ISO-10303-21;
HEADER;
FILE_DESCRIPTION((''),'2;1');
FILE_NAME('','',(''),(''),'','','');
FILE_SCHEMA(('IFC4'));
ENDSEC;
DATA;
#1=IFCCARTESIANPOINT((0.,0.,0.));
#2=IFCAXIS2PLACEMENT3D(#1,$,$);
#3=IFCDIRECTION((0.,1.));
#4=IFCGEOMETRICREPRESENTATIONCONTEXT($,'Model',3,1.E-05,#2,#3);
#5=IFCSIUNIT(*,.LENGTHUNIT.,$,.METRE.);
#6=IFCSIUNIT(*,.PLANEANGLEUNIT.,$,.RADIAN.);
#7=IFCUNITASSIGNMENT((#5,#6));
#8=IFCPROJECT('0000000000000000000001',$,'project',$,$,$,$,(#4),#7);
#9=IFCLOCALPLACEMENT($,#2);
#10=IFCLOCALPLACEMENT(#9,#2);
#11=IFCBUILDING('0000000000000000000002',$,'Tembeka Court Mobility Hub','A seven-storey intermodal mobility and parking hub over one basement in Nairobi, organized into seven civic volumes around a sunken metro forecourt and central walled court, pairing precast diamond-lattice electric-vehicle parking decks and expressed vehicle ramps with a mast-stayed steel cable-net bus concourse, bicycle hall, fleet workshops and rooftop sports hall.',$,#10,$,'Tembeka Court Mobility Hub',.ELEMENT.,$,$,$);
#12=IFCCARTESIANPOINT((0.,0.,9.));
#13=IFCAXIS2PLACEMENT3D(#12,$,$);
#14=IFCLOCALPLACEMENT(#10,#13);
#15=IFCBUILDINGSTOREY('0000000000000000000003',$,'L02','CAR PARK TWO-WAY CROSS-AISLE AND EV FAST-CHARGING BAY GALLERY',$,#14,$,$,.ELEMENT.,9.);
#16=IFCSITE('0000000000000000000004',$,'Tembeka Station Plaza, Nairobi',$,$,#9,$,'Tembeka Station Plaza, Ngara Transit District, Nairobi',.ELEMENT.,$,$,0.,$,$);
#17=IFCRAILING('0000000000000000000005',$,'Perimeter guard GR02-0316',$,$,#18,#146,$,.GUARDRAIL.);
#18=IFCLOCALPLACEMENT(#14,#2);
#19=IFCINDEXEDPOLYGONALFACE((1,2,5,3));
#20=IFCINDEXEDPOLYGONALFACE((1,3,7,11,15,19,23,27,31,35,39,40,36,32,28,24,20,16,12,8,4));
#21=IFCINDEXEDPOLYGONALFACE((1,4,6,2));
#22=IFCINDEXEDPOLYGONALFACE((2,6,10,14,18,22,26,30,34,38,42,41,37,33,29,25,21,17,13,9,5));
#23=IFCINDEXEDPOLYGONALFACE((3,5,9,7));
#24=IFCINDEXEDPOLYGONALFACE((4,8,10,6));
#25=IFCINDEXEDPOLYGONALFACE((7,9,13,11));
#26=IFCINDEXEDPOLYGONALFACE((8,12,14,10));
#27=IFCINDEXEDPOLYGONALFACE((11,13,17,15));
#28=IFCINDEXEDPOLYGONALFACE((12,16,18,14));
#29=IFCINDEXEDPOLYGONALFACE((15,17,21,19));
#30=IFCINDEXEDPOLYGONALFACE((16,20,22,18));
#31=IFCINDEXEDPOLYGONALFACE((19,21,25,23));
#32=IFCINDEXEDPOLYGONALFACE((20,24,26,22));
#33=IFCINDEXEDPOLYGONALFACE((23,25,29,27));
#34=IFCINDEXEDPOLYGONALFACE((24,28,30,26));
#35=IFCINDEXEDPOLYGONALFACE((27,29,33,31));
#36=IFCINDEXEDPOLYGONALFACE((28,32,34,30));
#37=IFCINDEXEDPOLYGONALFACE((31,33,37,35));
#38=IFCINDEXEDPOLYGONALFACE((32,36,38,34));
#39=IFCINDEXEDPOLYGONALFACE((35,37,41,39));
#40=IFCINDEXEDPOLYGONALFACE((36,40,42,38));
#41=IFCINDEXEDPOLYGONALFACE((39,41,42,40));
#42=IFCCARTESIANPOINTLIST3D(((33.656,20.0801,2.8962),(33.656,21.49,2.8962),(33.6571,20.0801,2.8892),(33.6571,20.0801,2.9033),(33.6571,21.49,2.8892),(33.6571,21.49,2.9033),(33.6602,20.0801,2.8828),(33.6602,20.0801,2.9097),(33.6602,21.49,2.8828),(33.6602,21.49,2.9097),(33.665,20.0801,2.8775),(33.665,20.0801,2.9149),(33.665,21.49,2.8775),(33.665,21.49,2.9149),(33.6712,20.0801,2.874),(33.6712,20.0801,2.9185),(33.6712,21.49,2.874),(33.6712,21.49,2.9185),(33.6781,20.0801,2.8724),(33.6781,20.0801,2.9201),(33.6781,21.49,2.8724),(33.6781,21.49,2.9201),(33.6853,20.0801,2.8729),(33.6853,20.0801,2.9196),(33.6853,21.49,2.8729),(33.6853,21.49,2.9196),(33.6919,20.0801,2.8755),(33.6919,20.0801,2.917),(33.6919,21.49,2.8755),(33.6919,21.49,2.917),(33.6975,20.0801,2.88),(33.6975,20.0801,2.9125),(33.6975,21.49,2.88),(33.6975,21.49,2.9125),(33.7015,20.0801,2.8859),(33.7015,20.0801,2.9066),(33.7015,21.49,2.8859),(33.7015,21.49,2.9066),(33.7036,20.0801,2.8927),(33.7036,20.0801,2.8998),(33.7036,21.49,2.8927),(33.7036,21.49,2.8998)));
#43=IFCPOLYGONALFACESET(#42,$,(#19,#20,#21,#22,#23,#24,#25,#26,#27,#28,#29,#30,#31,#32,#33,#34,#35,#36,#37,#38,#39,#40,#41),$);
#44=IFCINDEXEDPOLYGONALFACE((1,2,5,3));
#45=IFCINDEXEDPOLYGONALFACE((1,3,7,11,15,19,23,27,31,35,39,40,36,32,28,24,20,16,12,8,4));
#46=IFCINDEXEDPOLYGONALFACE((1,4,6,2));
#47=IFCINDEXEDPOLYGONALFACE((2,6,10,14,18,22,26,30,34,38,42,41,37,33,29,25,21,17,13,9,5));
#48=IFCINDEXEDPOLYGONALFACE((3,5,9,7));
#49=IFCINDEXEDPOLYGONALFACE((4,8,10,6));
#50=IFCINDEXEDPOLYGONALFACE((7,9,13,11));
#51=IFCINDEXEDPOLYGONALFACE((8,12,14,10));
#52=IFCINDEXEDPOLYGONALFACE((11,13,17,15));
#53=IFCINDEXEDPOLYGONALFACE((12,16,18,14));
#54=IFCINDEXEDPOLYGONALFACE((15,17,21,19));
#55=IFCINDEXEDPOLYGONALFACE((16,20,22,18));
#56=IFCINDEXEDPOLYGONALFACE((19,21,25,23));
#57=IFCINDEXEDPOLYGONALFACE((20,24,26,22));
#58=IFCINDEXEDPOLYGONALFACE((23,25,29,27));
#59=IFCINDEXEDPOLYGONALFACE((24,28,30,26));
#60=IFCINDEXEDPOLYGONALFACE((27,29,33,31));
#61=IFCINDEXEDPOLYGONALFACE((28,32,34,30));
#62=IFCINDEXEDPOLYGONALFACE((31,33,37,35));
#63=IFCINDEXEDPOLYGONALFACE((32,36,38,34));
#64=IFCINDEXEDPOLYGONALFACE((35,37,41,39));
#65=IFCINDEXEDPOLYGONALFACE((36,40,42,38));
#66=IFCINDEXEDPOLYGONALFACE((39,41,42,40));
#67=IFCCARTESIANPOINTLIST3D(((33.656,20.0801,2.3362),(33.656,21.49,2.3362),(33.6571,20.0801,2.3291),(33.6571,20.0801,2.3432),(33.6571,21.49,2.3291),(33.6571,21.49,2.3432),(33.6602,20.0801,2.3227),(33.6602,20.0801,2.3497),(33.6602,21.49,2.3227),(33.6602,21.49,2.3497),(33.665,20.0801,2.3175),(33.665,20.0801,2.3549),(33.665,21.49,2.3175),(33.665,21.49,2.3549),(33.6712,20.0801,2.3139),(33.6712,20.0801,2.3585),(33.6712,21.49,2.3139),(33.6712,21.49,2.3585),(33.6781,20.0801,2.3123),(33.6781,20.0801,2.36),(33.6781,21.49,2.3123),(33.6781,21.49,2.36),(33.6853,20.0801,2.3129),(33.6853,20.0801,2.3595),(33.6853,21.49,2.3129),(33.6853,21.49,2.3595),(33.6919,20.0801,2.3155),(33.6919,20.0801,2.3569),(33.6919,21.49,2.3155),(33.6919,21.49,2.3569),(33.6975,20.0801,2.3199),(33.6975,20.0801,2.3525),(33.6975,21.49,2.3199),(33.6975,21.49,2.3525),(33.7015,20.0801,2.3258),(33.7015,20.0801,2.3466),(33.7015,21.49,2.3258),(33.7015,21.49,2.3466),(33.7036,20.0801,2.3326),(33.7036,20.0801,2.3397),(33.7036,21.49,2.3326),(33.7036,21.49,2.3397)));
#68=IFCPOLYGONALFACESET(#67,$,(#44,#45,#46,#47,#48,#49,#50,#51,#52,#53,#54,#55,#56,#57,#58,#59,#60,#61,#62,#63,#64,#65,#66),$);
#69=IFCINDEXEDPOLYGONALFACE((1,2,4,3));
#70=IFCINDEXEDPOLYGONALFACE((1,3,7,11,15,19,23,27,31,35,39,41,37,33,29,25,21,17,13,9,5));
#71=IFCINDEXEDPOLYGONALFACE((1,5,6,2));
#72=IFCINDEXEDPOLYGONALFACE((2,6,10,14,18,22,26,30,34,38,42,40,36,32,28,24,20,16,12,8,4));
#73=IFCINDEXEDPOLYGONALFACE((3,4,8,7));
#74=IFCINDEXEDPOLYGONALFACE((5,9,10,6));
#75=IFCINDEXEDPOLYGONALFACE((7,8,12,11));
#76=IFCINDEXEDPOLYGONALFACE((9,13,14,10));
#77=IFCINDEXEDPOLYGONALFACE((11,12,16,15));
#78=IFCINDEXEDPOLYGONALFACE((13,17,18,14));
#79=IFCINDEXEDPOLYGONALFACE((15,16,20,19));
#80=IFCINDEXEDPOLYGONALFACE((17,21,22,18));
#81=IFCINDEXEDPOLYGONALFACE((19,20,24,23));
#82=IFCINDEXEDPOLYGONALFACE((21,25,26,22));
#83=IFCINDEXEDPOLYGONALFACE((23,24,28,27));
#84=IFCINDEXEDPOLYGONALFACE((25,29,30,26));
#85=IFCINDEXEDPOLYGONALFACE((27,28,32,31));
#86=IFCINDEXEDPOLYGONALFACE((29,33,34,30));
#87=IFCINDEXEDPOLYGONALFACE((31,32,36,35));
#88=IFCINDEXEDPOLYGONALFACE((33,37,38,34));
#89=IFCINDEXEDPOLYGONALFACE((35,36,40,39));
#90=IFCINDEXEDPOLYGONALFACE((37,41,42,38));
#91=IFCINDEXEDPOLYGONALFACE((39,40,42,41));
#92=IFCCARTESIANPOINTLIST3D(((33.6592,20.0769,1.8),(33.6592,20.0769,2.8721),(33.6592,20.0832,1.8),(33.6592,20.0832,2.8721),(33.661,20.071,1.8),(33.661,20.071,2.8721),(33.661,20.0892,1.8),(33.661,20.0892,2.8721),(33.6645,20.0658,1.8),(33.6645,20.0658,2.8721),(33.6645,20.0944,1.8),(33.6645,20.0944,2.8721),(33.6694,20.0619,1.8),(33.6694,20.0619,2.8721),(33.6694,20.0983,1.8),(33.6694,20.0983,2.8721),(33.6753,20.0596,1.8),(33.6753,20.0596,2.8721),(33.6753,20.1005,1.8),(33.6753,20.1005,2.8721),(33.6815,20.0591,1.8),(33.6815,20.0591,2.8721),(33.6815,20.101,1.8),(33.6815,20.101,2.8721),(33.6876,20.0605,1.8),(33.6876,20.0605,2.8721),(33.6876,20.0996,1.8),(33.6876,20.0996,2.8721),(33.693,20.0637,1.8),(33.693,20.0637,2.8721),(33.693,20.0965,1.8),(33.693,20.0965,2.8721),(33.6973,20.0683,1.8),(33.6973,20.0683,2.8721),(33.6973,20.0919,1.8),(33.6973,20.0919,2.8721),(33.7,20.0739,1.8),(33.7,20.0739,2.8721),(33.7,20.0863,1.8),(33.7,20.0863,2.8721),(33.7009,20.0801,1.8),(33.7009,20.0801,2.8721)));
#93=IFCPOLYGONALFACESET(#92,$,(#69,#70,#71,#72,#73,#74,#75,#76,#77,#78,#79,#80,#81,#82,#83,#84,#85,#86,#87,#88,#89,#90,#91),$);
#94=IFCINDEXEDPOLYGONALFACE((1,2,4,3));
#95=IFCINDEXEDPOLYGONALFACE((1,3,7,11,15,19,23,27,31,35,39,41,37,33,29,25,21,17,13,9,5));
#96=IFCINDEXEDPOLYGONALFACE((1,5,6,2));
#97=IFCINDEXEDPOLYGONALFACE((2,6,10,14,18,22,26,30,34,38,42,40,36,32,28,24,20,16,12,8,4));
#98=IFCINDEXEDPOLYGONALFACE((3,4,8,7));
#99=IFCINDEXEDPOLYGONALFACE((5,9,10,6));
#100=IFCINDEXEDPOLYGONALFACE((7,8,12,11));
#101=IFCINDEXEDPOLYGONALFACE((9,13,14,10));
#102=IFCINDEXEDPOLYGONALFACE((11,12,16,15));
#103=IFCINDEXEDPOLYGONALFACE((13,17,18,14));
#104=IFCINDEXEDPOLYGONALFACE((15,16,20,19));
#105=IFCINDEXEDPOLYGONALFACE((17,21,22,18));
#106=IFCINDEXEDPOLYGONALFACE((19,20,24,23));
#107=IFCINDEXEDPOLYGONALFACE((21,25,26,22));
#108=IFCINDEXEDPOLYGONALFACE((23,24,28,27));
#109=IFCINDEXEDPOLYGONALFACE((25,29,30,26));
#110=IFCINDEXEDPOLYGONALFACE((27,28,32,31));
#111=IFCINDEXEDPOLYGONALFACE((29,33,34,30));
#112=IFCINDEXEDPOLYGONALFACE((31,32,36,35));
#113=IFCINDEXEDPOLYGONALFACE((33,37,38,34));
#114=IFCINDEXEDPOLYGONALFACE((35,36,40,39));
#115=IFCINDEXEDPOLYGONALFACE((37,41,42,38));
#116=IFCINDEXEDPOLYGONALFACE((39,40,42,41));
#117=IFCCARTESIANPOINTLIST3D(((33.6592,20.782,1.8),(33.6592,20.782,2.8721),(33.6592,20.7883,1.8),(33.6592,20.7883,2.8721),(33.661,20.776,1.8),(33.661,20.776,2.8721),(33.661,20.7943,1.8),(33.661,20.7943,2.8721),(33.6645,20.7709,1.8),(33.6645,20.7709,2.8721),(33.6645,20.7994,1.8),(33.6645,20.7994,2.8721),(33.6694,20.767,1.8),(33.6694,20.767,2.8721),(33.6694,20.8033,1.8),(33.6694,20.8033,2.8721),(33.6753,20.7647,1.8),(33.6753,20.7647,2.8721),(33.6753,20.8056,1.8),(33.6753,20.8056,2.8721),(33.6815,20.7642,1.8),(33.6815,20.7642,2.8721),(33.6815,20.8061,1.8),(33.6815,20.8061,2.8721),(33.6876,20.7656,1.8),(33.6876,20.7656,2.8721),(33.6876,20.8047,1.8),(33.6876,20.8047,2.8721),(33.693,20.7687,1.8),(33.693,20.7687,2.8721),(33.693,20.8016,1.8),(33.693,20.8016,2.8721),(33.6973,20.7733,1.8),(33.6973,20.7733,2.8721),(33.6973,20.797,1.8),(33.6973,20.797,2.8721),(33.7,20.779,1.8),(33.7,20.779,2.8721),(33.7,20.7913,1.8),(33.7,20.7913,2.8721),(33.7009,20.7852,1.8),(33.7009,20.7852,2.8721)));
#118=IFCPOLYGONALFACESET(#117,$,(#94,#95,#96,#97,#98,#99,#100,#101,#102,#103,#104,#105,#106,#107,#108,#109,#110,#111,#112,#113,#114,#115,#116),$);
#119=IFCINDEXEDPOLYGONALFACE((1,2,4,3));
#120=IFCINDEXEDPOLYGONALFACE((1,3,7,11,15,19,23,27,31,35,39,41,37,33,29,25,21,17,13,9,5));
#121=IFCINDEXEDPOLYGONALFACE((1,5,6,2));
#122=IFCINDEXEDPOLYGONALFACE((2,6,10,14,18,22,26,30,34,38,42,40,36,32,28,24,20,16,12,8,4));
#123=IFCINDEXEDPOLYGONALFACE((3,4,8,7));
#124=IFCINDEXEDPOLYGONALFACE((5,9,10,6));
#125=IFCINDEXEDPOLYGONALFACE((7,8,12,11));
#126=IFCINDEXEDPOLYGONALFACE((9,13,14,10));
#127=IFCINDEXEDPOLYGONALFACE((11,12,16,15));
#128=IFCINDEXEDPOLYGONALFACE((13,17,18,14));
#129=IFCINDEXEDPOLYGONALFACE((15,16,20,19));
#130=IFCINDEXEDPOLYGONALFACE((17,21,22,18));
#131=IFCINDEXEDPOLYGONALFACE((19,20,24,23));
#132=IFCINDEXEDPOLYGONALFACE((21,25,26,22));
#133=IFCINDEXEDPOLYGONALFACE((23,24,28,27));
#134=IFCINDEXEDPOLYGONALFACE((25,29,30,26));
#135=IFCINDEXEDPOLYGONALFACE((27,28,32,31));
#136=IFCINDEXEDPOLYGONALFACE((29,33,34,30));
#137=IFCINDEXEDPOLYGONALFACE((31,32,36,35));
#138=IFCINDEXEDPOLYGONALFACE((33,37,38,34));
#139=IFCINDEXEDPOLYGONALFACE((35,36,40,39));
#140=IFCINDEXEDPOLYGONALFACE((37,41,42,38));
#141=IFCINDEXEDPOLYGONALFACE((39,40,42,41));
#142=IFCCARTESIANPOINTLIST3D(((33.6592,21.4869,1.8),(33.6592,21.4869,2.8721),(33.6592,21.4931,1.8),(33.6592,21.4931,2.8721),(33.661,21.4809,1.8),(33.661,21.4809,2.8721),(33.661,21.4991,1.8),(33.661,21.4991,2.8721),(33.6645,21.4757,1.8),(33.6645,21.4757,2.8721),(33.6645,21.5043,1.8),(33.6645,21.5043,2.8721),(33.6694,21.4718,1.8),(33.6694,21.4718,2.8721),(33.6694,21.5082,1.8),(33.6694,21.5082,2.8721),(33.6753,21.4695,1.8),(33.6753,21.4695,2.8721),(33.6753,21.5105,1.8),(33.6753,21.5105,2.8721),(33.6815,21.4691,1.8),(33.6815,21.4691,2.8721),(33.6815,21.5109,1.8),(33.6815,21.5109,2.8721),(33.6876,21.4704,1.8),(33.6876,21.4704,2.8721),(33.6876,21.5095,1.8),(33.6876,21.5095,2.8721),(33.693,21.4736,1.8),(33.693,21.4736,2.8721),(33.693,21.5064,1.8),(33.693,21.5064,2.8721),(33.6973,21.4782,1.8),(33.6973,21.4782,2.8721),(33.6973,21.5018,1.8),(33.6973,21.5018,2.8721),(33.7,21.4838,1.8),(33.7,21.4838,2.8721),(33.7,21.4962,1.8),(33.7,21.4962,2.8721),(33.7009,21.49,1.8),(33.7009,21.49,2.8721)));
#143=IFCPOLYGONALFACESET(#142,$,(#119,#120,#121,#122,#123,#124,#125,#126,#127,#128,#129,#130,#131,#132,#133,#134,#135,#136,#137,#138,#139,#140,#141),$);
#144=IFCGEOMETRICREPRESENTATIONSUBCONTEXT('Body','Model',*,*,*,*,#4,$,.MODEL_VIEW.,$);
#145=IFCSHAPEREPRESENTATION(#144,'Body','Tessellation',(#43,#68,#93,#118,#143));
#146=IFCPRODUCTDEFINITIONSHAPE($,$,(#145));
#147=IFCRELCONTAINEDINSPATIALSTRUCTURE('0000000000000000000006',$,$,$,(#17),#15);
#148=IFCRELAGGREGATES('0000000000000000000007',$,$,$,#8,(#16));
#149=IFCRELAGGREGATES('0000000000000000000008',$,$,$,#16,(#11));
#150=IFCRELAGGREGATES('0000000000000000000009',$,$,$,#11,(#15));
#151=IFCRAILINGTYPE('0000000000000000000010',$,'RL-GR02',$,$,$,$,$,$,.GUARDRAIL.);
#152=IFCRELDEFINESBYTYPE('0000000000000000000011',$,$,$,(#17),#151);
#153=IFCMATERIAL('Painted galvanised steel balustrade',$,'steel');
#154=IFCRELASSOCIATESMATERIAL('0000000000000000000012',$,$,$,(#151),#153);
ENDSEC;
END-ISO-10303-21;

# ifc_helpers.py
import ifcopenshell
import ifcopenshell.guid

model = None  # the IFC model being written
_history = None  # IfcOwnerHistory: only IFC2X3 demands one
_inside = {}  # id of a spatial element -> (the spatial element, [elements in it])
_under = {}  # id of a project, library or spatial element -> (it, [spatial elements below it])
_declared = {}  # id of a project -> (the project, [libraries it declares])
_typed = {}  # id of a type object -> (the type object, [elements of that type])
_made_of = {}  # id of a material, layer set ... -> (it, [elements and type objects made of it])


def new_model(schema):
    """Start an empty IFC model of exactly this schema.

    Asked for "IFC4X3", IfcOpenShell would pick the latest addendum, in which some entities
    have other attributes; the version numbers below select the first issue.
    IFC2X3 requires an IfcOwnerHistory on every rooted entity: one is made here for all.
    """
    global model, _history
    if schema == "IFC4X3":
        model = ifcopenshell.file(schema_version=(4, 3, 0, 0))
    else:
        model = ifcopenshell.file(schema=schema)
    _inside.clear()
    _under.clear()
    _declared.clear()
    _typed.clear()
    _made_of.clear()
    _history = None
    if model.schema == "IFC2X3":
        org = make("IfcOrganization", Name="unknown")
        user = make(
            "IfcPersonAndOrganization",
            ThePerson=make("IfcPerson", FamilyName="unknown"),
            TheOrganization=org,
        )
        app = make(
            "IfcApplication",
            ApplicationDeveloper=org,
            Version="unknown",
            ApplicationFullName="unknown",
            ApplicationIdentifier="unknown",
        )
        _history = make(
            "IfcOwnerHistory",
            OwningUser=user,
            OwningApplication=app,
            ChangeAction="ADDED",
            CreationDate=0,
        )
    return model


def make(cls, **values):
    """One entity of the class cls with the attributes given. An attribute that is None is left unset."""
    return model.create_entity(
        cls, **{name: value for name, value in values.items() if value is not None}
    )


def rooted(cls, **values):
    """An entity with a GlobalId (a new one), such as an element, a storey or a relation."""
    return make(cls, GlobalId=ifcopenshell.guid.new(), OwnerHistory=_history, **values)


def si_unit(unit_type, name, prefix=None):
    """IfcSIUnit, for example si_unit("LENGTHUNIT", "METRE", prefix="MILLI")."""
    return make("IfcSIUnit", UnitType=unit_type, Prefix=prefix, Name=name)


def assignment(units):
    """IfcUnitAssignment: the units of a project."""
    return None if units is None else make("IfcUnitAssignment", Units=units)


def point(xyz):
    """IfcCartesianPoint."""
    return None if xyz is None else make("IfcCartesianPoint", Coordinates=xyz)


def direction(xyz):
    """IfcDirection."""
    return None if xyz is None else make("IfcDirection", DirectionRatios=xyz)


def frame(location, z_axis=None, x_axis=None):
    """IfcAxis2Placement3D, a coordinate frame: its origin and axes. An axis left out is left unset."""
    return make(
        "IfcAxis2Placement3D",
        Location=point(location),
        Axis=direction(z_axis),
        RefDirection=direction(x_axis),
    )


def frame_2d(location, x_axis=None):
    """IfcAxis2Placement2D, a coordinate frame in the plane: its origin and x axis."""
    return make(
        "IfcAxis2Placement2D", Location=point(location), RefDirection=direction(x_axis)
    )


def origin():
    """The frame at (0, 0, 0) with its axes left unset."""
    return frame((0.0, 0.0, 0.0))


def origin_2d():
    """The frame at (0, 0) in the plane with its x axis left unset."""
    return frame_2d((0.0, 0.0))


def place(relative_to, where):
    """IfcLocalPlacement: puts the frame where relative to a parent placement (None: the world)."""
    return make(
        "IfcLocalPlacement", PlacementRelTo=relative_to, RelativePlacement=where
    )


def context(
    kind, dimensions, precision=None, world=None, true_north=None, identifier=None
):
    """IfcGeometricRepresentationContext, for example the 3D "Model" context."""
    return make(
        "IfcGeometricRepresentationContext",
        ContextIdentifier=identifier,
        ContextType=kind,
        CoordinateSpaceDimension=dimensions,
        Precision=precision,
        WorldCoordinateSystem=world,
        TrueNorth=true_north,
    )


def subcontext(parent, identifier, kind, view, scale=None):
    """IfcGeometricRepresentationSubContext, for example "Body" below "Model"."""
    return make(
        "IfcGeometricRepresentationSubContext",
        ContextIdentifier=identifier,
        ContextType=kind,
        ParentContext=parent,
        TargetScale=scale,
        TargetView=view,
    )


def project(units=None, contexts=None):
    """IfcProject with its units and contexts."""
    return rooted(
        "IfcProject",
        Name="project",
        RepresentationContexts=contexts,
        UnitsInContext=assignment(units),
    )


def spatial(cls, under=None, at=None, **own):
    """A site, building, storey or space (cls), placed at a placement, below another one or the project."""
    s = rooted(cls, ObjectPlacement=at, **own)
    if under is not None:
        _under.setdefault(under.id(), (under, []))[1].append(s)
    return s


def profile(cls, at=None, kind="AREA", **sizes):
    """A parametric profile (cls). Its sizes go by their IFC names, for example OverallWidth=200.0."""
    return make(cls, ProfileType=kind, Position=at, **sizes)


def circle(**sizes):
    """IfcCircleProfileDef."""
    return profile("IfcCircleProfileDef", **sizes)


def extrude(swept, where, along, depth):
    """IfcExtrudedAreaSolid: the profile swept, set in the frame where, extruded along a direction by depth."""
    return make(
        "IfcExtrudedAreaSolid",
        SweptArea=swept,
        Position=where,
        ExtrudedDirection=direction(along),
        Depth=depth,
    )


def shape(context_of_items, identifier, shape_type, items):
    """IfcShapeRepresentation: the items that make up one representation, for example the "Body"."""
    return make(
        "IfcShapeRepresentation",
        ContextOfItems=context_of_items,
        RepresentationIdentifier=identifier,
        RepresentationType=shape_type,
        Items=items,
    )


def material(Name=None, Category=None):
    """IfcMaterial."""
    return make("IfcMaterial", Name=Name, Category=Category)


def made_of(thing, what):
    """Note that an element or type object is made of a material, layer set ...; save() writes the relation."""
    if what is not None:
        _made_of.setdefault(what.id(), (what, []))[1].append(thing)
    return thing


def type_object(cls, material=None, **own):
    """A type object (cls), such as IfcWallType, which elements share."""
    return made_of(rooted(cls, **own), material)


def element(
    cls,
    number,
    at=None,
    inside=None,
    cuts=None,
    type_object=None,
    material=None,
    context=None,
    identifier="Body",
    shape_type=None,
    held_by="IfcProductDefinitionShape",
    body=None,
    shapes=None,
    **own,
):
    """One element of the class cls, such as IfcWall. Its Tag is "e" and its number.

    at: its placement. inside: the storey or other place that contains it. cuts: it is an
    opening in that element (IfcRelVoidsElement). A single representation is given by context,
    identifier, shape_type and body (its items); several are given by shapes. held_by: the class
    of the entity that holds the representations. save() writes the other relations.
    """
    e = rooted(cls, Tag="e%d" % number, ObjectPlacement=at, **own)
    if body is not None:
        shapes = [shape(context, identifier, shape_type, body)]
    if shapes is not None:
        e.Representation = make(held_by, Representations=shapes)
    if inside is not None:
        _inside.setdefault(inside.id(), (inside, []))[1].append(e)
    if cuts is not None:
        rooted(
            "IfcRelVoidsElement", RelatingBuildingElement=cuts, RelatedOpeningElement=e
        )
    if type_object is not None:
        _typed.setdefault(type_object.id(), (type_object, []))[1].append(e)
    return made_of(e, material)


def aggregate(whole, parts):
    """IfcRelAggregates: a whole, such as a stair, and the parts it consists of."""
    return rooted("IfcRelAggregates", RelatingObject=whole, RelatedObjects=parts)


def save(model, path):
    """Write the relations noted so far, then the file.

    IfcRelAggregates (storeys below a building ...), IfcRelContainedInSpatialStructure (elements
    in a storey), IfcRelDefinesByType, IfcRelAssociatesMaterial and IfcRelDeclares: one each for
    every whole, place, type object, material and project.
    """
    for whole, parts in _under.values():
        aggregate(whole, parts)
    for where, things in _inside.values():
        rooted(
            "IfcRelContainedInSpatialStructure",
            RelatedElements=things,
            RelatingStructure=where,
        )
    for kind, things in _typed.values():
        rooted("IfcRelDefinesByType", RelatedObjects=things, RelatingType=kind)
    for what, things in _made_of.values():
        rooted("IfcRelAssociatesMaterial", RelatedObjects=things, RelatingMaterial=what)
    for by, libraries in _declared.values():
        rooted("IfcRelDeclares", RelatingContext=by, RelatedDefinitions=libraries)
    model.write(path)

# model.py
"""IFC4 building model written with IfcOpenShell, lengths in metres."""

from ifc_helpers import new_model, si_unit, direction, frame, origin, origin_2d, place, context, subcontext, project, spatial, circle, extrude, material, type_object, element, save


model = new_model("IFC4")

# Units and contexts
model_context = context("Model", 3, precision=1e-05, world=origin(), true_north=direction((0.0, 1.0)))
body_context = subcontext(model_context, "Body", "Model", "MODEL_VIEW")
ifc_project = project(units=[si_unit("LENGTHUNIT", "METRE"), si_unit("PLANEANGLEUNIT", "RADIAN")], contexts=[model_context])

# Site, building, storey
site_placement = place(None, origin())
site = spatial("IfcSite", under=ifc_project, at=site_placement, Name="Tembeka Station Plaza, Nairobi", LongName="Tembeka Station Plaza, Ngara Transit District, Nairobi", CompositionType="ELEMENT", RefElevation=0.0)
building_placement = place(site_placement, origin())
building = spatial("IfcBuilding", under=site, at=building_placement, Name="Tembeka Court Mobility Hub", Description="A seven-storey intermodal mobility and parking hub over one basement in Nairobi, organized into seven civic volumes around a sunken metro forecourt and central walled court, pairing precast diamond-lattice electric-vehicle parking decks and expressed vehicle ramps with a mast-stayed steel cable-net bus concourse, bicycle hall, fleet workshops and rooftop sports hall.", LongName="Tembeka Court Mobility Hub", CompositionType="ELEMENT")
storey_placement = place(building_placement, frame((0.0, 0.0, 9.0)))
storey = spatial("IfcBuildingStorey", under=building, at=storey_placement, Name="L02", Description="CAR PARK TWO-WAY CROSS-AISLE AND EV FAST-CHARGING BAY GALLERY", CompositionType="ELEMENT", Elevation=9.0)

# Railing
ifc_material_1 = material(Name="Painted galvanised steel balustrade", Category="steel")
railing_type = type_object("IfcRailingType", Name="RL-GR02", PredefinedType="GUARDRAIL", material=ifc_material_1)
railing_1_placement = place(storey_placement, frame((33.6799, 20.0801, 1.8)))
element("IfcRailing", 1, at=railing_1_placement, inside=storey, type_object=railing_type, Name="Perimeter guard GR02-0316", PredefinedType="GUARDRAIL", context=body_context, shape_type="SweptSolid", body=[
    extrude(circle(Radius=0.0239, at=origin_2d()), frame((0.0, 0.0, 1.0962), z_axis=(0.0, 1.0, 0.0), x_axis=(-1.0, 0.0, 0.0)), (0.0, 0.0, 1.0), 1.4099),
    extrude(circle(Radius=0.0239, at=origin_2d()), frame((0.0, 0.0, 0.5361), z_axis=(0.0, 1.0, 0.0), x_axis=(-1.0, 0.0, 0.0)), (0.0, 0.0, 1.0), 1.4099),
    extrude(circle(Radius=0.021, at=origin_2d()), origin(), (0.0, 0.0, 1.0), 1.072),
    extrude(circle(Radius=0.021, at=origin_2d()), frame((0.0, 0.7051, 0.0)), (0.0, 0.0, 1.0), 1.072),
    extrude(circle(Radius=0.021, at=origin_2d()), frame((0.0, 1.4099, 0.0)), (0.0, 0.0, 1.0), 1.072),
])

save(model, "model.ifc")
